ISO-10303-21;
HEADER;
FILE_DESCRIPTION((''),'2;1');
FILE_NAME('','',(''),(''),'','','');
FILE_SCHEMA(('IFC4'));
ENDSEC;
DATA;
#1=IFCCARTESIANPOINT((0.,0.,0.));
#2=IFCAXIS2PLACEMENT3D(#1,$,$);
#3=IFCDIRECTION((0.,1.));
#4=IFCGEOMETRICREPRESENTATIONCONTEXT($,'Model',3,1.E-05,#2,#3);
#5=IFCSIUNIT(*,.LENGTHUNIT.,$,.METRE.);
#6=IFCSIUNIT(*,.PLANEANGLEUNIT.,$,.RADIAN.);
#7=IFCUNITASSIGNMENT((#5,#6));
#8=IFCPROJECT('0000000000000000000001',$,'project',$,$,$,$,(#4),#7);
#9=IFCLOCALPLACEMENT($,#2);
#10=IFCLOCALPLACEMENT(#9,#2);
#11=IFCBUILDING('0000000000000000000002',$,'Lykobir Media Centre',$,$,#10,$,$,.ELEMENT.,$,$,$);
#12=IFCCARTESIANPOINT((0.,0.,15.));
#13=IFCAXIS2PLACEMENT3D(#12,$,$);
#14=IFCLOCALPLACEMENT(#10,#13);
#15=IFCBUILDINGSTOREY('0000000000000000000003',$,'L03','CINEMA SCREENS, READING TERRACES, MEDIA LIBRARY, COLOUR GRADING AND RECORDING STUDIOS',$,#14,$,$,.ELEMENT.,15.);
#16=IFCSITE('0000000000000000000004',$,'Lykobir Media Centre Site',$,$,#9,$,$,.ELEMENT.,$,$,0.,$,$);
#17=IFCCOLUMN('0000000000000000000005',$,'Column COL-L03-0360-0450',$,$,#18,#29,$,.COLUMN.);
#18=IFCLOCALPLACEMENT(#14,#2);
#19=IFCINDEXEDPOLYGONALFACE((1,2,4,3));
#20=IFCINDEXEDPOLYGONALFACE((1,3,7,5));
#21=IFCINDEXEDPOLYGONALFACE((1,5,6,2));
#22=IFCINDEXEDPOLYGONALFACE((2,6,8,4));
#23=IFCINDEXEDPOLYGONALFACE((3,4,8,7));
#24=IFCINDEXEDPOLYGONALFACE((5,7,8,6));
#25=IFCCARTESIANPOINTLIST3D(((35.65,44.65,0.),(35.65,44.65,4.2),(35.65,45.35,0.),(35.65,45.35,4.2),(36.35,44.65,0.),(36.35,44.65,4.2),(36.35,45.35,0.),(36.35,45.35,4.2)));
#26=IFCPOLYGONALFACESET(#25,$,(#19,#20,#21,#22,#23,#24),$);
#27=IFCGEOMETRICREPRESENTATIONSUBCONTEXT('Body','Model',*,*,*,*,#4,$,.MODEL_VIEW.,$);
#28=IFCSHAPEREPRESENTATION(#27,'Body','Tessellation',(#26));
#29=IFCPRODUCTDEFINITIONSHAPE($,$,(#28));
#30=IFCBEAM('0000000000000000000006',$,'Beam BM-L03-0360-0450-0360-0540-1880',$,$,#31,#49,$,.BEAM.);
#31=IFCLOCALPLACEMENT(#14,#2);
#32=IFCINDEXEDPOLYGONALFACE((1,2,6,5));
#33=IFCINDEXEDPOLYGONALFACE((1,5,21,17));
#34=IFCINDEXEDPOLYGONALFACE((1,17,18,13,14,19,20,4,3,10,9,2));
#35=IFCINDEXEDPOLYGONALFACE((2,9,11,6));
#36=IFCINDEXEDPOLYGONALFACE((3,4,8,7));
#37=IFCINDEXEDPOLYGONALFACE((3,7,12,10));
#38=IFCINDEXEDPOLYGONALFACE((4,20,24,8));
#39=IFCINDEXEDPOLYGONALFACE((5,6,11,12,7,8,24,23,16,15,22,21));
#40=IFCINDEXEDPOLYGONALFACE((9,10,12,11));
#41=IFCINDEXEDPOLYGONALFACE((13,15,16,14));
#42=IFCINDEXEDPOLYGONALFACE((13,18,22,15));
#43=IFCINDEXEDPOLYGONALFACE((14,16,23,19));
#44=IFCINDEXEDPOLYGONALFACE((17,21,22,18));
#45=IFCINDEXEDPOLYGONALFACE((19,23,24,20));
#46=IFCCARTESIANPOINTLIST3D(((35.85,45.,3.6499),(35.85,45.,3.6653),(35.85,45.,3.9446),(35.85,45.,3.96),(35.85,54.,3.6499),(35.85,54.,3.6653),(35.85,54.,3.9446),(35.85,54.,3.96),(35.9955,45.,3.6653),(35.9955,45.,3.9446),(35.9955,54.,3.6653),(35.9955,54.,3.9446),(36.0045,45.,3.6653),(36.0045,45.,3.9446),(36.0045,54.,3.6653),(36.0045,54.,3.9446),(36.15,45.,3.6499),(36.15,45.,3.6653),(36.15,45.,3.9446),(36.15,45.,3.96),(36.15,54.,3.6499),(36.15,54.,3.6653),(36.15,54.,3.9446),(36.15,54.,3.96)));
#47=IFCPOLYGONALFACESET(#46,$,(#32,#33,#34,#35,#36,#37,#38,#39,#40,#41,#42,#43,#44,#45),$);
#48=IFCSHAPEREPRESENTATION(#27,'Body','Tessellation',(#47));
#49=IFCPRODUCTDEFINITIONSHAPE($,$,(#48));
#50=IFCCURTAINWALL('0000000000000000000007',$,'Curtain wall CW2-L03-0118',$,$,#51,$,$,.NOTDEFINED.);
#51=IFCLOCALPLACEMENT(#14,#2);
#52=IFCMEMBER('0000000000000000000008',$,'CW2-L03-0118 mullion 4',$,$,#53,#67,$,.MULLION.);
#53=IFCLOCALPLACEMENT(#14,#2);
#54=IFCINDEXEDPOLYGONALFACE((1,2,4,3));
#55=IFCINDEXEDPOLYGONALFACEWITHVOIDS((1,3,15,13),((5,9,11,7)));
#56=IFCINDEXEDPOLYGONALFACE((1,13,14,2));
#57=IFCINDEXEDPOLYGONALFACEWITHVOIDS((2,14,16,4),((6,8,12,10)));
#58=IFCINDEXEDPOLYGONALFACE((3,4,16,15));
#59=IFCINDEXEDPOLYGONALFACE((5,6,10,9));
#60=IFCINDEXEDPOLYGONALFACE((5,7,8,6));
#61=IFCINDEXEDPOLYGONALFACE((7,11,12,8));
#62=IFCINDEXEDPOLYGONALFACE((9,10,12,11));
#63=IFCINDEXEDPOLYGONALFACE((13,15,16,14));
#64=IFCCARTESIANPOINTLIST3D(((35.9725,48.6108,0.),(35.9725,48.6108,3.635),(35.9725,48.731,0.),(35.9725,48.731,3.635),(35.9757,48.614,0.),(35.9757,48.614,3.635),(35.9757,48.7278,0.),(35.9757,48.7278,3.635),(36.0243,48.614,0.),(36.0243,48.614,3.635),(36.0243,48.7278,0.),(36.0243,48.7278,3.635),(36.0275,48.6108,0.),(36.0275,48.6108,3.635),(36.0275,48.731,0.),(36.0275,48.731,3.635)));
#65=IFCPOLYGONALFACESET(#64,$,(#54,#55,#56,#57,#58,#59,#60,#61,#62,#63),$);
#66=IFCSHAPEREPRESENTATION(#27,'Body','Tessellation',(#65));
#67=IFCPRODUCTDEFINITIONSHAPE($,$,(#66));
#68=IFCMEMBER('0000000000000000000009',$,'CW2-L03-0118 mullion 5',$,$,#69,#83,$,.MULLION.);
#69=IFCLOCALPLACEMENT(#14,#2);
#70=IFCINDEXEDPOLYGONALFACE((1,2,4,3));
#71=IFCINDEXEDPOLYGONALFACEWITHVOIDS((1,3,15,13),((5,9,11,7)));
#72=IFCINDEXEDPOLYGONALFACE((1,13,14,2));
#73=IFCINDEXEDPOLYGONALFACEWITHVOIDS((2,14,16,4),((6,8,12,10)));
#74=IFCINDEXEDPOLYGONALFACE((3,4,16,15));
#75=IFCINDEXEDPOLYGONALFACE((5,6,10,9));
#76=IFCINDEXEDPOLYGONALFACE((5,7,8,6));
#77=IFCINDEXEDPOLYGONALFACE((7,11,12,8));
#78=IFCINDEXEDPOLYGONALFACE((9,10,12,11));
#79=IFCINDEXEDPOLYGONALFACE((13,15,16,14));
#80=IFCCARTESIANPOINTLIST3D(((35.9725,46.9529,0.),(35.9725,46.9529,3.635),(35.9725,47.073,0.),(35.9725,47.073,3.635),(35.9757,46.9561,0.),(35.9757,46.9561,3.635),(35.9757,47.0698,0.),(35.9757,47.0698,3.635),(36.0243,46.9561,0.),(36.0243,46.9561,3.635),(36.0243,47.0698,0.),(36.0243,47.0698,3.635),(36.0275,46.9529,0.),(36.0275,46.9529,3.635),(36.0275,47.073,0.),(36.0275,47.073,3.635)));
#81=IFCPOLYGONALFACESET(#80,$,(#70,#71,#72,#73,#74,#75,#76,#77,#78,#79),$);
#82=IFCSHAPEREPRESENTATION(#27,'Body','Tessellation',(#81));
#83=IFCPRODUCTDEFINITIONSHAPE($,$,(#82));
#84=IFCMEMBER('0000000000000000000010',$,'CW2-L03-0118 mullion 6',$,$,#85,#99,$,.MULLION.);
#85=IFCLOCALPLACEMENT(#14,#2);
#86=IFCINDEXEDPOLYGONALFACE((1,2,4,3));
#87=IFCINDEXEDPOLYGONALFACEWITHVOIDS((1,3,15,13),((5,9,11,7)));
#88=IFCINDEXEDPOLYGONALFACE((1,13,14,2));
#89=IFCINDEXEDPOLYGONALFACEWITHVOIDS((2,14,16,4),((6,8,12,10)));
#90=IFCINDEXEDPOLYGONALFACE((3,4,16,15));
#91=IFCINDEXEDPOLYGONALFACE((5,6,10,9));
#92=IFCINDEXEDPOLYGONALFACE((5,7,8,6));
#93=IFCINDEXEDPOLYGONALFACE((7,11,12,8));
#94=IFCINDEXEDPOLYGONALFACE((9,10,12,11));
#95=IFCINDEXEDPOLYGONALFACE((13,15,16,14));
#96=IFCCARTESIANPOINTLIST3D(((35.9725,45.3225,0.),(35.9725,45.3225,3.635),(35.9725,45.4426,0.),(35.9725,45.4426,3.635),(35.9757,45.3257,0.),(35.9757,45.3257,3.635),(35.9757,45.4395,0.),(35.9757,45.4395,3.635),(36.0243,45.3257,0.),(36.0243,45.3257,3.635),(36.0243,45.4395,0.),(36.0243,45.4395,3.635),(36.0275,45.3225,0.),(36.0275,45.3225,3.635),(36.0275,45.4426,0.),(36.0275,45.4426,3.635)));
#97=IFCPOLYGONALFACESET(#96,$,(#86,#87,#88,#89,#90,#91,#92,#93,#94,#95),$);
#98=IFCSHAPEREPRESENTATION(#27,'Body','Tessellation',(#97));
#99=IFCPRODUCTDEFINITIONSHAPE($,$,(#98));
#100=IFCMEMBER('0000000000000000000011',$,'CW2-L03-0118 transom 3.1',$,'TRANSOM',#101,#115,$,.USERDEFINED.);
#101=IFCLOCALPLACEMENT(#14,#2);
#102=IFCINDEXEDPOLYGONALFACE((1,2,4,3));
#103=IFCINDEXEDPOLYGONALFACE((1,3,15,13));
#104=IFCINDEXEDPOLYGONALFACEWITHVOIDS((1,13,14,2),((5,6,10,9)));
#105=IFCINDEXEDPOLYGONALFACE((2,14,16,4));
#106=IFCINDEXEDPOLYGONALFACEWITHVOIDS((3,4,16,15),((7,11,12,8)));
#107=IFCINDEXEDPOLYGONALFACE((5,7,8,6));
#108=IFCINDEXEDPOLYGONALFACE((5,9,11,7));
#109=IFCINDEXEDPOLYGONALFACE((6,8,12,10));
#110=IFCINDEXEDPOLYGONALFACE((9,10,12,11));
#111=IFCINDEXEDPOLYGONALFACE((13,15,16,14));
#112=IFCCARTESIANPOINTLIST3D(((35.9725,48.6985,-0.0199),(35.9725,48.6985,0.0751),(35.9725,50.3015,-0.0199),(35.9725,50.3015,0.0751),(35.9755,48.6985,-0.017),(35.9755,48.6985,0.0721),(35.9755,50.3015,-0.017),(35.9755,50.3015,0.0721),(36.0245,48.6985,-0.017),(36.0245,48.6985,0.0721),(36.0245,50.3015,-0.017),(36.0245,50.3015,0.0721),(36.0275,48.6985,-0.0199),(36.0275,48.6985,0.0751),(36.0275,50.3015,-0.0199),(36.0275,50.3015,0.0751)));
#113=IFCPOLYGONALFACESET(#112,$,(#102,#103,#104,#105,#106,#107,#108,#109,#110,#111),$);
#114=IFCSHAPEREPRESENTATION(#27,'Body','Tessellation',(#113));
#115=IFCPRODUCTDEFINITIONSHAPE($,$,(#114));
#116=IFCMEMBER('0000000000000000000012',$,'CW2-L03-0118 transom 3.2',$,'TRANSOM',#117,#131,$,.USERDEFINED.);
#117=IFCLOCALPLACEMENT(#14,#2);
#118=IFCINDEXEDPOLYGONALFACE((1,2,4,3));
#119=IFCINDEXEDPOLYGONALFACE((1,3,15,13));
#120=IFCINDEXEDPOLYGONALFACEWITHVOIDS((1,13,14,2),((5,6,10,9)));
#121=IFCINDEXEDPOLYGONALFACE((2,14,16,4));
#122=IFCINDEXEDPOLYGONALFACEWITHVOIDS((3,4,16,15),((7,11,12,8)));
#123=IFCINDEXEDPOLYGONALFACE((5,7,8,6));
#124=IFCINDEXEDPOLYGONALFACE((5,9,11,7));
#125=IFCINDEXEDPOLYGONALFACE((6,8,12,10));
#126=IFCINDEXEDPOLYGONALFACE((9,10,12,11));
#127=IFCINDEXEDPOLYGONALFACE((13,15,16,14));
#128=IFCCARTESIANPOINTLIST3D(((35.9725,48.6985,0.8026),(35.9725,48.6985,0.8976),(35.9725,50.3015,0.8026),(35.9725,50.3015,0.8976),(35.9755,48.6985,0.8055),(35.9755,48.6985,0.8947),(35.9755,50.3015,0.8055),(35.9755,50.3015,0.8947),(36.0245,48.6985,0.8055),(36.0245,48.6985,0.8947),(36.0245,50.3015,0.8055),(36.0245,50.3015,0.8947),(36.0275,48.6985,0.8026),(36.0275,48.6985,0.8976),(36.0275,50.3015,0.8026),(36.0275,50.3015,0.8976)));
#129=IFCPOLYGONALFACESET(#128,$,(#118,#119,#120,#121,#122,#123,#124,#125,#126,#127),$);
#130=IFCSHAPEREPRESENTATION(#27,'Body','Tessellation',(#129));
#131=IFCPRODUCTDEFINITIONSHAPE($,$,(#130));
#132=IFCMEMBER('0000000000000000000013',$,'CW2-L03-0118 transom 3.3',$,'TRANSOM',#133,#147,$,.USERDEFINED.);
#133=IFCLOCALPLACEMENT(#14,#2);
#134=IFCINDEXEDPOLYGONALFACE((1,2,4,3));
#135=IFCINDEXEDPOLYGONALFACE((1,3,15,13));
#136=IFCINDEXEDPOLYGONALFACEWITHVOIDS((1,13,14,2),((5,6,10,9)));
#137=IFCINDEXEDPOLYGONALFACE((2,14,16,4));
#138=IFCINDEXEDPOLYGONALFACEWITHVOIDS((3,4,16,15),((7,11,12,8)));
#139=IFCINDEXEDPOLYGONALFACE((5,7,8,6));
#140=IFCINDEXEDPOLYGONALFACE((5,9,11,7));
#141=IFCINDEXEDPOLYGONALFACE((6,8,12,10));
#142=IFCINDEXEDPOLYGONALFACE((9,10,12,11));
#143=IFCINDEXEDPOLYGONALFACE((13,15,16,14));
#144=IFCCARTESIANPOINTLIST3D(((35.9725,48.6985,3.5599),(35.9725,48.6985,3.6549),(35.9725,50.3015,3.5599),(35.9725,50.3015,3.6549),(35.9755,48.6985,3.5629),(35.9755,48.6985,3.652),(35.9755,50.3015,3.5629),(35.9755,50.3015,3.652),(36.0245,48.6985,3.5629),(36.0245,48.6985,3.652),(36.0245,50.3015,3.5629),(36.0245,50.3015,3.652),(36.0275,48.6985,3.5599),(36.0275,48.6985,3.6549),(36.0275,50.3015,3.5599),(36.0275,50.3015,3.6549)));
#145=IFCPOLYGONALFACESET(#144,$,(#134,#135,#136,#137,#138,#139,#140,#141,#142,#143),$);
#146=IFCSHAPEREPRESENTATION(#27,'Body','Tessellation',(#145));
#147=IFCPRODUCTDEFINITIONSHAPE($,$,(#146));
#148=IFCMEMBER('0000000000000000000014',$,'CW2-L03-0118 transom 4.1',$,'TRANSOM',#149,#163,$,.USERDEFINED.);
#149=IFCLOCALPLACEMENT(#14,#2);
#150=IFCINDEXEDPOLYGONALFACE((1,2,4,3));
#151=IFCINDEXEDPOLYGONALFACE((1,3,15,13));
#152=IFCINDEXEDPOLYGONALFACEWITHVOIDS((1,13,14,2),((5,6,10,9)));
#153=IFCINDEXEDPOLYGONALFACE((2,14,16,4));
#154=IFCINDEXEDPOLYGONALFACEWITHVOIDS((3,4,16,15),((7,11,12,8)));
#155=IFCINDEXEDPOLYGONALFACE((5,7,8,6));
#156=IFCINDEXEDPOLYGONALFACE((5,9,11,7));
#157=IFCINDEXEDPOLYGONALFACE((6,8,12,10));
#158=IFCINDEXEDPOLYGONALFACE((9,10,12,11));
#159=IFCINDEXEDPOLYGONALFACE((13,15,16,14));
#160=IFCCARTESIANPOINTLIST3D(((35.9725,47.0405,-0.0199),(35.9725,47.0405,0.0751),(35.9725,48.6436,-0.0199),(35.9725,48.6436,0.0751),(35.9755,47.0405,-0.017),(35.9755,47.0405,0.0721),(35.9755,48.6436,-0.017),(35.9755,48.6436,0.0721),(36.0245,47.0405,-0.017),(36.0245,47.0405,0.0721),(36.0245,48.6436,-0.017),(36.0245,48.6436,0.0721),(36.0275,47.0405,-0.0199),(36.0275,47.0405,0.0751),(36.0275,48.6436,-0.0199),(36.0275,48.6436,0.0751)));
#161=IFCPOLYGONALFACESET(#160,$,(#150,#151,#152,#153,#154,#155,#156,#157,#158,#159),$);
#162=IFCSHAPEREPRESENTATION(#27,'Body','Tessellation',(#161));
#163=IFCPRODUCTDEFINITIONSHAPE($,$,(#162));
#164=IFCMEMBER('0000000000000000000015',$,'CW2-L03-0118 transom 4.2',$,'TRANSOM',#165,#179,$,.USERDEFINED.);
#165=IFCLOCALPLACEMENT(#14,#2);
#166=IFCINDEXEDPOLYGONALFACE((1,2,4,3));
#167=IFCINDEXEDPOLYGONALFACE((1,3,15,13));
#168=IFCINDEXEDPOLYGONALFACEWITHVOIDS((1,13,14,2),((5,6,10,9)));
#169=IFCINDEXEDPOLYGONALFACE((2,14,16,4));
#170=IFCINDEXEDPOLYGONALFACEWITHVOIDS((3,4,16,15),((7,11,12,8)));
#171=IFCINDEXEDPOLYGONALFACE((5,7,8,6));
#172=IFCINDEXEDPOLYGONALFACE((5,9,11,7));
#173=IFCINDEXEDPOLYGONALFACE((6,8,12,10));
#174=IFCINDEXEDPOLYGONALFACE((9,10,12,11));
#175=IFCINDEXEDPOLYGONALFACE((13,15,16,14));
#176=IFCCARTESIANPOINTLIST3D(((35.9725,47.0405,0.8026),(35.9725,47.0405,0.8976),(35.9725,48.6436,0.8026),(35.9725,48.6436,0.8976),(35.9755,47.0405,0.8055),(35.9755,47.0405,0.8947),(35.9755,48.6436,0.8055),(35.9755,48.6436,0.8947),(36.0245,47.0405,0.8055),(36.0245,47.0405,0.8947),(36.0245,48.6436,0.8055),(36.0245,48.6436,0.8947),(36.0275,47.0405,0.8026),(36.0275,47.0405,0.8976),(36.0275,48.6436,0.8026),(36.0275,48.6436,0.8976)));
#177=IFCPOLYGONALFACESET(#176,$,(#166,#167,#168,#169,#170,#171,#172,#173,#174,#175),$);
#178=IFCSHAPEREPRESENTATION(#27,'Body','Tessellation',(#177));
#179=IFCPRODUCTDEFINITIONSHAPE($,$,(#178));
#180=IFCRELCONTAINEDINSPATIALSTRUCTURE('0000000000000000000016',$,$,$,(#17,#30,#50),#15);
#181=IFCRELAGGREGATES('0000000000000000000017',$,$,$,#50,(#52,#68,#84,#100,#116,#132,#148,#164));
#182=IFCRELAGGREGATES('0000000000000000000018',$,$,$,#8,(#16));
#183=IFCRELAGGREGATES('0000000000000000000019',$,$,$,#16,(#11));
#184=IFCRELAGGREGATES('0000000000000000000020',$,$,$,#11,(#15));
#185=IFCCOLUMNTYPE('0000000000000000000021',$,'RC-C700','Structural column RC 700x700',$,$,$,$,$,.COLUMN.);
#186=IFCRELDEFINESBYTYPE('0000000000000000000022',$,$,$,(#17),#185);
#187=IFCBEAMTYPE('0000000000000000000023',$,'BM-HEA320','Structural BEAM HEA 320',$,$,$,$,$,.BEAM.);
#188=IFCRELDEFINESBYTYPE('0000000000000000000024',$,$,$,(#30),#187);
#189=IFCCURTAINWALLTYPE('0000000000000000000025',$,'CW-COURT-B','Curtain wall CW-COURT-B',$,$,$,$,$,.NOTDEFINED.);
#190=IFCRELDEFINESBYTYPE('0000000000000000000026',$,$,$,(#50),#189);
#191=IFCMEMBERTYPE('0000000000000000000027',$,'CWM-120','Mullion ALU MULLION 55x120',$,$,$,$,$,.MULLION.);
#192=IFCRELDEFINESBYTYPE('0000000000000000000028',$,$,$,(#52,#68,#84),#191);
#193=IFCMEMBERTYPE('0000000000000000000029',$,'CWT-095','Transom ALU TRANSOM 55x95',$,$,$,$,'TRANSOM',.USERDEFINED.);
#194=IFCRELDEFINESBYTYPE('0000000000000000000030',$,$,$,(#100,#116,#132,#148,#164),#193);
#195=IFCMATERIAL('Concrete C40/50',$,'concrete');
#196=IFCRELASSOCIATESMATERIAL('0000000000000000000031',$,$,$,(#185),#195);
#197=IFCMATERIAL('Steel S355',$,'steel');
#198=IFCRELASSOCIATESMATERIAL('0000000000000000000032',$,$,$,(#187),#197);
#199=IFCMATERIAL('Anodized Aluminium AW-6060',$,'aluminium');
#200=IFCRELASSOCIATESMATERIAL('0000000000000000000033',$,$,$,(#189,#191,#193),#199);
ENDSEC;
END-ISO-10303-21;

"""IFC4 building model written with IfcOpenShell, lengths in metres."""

from ifc_helpers import new_model, si_unit, direction, frame, origin, origin_2d, place, context, subcontext, project, spatial, rectangle, hollow_rectangle, i_section, extrude, material, material_profile, profile_set, type_object, element, aggregate, save


model = new_model("IFC4")

# Units and contexts
model_context = context("Model", 3, precision=1e-05, world=origin(), true_north=direction((0.0, 1.0)))
body_context = subcontext(model_context, "Body", "Model", "MODEL_VIEW")
ifc_project = project(units=[si_unit("LENGTHUNIT", "METRE"), si_unit("PLANEANGLEUNIT", "RADIAN")], contexts=[model_context])

# Site, building, storey
site_placement = place(None, origin())
site = spatial("IfcSite", under=ifc_project, at=site_placement, Name="Lykobir Media Centre Site", CompositionType="ELEMENT", RefElevation=0.0)
building_placement = place(site_placement, origin())
building = spatial("IfcBuilding", under=site, at=building_placement, Name="Lykobir Media Centre", CompositionType="ELEMENT")
storey_placement = place(building_placement, frame((0.0, 0.0, 15.0)))
storey = spatial("IfcBuildingStorey", under=building, at=storey_placement, Name="L03", Description="CINEMA SCREENS, READING TERRACES, MEDIA LIBRARY, COLOUR GRADING AND RECORDING STUDIOS", CompositionType="ELEMENT", Elevation=15.0)

# Column
ifc_material_1 = material(Name="Concrete C40/50", Category="concrete")
ifc_material_profile_1 = material_profile(ifc_material_1, rectangle(XDim=0.7, YDim=0.7, at=origin_2d()), Name="RC 700x700")
ifc_profile_set_1 = profile_set([ifc_material_profile_1], Name="Concrete C40/50")
column_type = type_object("IfcColumnType", Name="RC-C700", Description="Structural column RC 700x700", PredefinedType="COLUMN", material=ifc_profile_set_1)
column_placement = place(storey_placement, frame((36.0, 45.0, 0.0), z_axis=(0.0, 0.0, 1.0), x_axis=(1.0, 0.0, 0.0)))
element("IfcColumn", 1, at=column_placement, inside=storey, type_object=column_type, Name="Column COL-L03-0360-0450", PredefinedType="COLUMN", context=body_context, shape_type="SweptSolid", body=[
    extrude(rectangle(XDim=0.7, YDim=0.7, at=origin_2d()), origin(), (0.0, 0.0, 1.0), 4.2),
])

# Beam
ifc_material_2 = material(Name="Steel S355", Category="steel")
ifc_material_profile_2 = material_profile(ifc_material_2, i_section(OverallWidth=0.3, OverallDepth=0.3101, WebThickness=0.009, FlangeThickness=0.0154, at=origin_2d()), Name="HEA 320")
ifc_profile_set_2 = profile_set([ifc_material_profile_2], Name="Steel S355")
beam_type_1 = type_object("IfcBeamType", Name="BM-HEA320", Description="Structural BEAM HEA 320", PredefinedType="BEAM", material=ifc_profile_set_2)
beam_1_placement = place(storey_placement, frame((36.0, 45.0, 3.8049), z_axis=(0.0, 1.0, 0.0), x_axis=(-1.0, 0.0, 0.0)))
element("IfcBeam", 2, at=beam_1_placement, inside=storey, type_object=beam_type_1, Name="Beam BM-L03-0360-0450-0360-0540-1880", PredefinedType="BEAM", context=body_context, shape_type="SweptSolid", body=[
    extrude(i_section(OverallWidth=0.3, OverallDepth=0.3101, WebThickness=0.009, FlangeThickness=0.0154, at=origin_2d()), origin(), (0.0, 0.0, 1.0), 9.0),
])

# Curtain wall, members
ifc_material_3 = material(Name="Anodized Aluminium AW-6060", Category="aluminium")
curtain_wall_type = type_object("IfcCurtainWallType", Name="CW-COURT-B", Description="Curtain wall CW-COURT-B", PredefinedType="NOTDEFINED", material=ifc_material_3)
curtain_wall_placement = place(storey_placement, origin())
curtain_wall = element("IfcCurtainWall", 3, at=curtain_wall_placement, inside=storey, type_object=curtain_wall_type, Name="Curtain wall CW2-L03-0118", PredefinedType="NOTDEFINED")
ifc_material_profile_3 = material_profile(ifc_material_3, hollow_rectangle(XDim=0.0549, YDim=0.1201, WallThickness=0.0032, at=origin_2d()), Name="ALU MULLION 55x120")
ifc_profile_set_3 = profile_set([ifc_material_profile_3], Name="Anodized Aluminium AW-6060")
member_type_1 = type_object("IfcMemberType", Name="CWM-120", Description="Mullion ALU MULLION 55x120", PredefinedType="MULLION", material=ifc_profile_set_3)
member_1_placement = place(storey_placement, frame((36.0, 48.6709, 0.0), z_axis=(0.0, 0.0, 1.0), x_axis=(1.0, 0.0, 0.0)))
member_1 = element("IfcMember", 4, at=member_1_placement, type_object=member_type_1, Name="CW2-L03-0118 mullion 4", PredefinedType="MULLION", context=body_context, shape_type="SweptSolid", body=[
    extrude(hollow_rectangle(XDim=0.0549, YDim=0.1201, WallThickness=0.0032, at=origin_2d()), origin(), (0.0, 0.0, 1.0), 3.635),
])
member_2_placement = place(storey_placement, frame((36.0, 47.0129, 0.0), z_axis=(0.0, 0.0, 1.0), x_axis=(1.0, 0.0, 0.0)))
member_2 = element("IfcMember", 5, at=member_2_placement, type_object=member_type_1, Name="CW2-L03-0118 mullion 5", PredefinedType="MULLION", context=body_context, shape_type="SweptSolid", body=[
    extrude(hollow_rectangle(XDim=0.0549, YDim=0.1201, WallThickness=0.0032, at=origin_2d()), origin(), (0.0, 0.0, 1.0), 3.635),
])
member_3_placement = place(storey_placement, frame((36.0, 45.3826, 0.0), z_axis=(0.0, 0.0, 1.0), x_axis=(1.0, 0.0, 0.0)))
member_3 = element("IfcMember", 6, at=member_3_placement, type_object=member_type_1, Name="CW2-L03-0118 mullion 6", PredefinedType="MULLION", context=body_context, shape_type="SweptSolid", body=[
    extrude(hollow_rectangle(XDim=0.0549, YDim=0.1201, WallThickness=0.0032, at=origin_2d()), origin(), (0.0, 0.0, 1.0), 3.635),
])
ifc_material_profile_4 = material_profile(ifc_material_3, hollow_rectangle(XDim=0.0549, YDim=0.095, WallThickness=0.0029, at=origin_2d()), Name="ALU TRANSOM 55x95")
ifc_profile_set_4 = profile_set([ifc_material_profile_4], Name="Anodized Aluminium AW-6060")
member_type_2 = type_object("IfcMemberType", Name="CWT-095", Description="Transom ALU TRANSOM 55x95", ElementType="TRANSOM", PredefinedType="USERDEFINED", material=ifc_profile_set_4)
member_4_placement = place(storey_placement, frame((36.0, 50.3015, 0.0276), z_axis=(0.0, -1.0, 0.0), x_axis=(1.0, 0.0, 0.0)))
member_4 = element("IfcMember", 7, at=member_4_placement, type_object=member_type_2, Name="CW2-L03-0118 transom 3.1", ObjectType="TRANSOM", PredefinedType="USERDEFINED", context=body_context, shape_type="SweptSolid", body=[
    extrude(hollow_rectangle(XDim=0.0549, YDim=0.095, WallThickness=0.0029, at=origin_2d()), origin(), (0.0, 0.0, 1.0), 1.603),
])
member_5_placement = place(storey_placement, frame((36.0, 50.3015, 0.8501), z_axis=(0.0, -1.0, 0.0), x_axis=(1.0, 0.0, 0.0)))
member_5 = element("IfcMember", 8, at=member_5_placement, type_object=member_type_2, Name="CW2-L03-0118 transom 3.2", ObjectType="TRANSOM", PredefinedType="USERDEFINED", context=body_context, shape_type="SweptSolid", body=[
    extrude(hollow_rectangle(XDim=0.0549, YDim=0.095, WallThickness=0.0029, at=origin_2d()), origin(), (0.0, 0.0, 1.0), 1.603),
])
member_6_placement = place(storey_placement, frame((36.0, 50.3015, 3.6074), z_axis=(0.0, -1.0, 0.0), x_axis=(1.0, 0.0, 0.0)))
member_6 = element("IfcMember", 9, at=member_6_placement, type_object=member_type_2, Name="CW2-L03-0118 transom 3.3", ObjectType="TRANSOM", PredefinedType="USERDEFINED", context=body_context, shape_type="SweptSolid", body=[
    extrude(hollow_rectangle(XDim=0.0549, YDim=0.095, WallThickness=0.0029, at=origin_2d()), origin(), (0.0, 0.0, 1.0), 1.603),
])
member_7_placement = place(storey_placement, frame((36.0, 48.6436, 0.0276), z_axis=(0.0, -1.0, 0.0), x_axis=(1.0, 0.0, 0.0)))
member_7 = element("IfcMember", 10, at=member_7_placement, type_object=member_type_2, Name="CW2-L03-0118 transom 4.1", ObjectType="TRANSOM", PredefinedType="USERDEFINED", context=body_context, shape_type="SweptSolid", body=[
    extrude(hollow_rectangle(XDim=0.0549, YDim=0.095, WallThickness=0.0029, at=origin_2d()), origin(), (0.0, 0.0, 1.0), 1.603),
])
member_8_placement = place(storey_placement, frame((36.0, 48.6436, 0.8501), z_axis=(0.0, -1.0, 0.0), x_axis=(1.0, 0.0, 0.0)))
member_8 = element("IfcMember", 11, at=member_8_placement, type_object=member_type_2, Name="CW2-L03-0118 transom 4.2", ObjectType="TRANSOM", PredefinedType="USERDEFINED", context=body_context, shape_type="SweptSolid", body=[
    extrude(hollow_rectangle(XDim=0.0549, YDim=0.095, WallThickness=0.0029, at=origin_2d()), origin(), (0.0, 0.0, 1.0), 1.603),
])

aggregate(curtain_wall, [member_1, member_2, member_3, member_4, member_5, member_6, member_7, member_8])

save(model, "model.ifc")
